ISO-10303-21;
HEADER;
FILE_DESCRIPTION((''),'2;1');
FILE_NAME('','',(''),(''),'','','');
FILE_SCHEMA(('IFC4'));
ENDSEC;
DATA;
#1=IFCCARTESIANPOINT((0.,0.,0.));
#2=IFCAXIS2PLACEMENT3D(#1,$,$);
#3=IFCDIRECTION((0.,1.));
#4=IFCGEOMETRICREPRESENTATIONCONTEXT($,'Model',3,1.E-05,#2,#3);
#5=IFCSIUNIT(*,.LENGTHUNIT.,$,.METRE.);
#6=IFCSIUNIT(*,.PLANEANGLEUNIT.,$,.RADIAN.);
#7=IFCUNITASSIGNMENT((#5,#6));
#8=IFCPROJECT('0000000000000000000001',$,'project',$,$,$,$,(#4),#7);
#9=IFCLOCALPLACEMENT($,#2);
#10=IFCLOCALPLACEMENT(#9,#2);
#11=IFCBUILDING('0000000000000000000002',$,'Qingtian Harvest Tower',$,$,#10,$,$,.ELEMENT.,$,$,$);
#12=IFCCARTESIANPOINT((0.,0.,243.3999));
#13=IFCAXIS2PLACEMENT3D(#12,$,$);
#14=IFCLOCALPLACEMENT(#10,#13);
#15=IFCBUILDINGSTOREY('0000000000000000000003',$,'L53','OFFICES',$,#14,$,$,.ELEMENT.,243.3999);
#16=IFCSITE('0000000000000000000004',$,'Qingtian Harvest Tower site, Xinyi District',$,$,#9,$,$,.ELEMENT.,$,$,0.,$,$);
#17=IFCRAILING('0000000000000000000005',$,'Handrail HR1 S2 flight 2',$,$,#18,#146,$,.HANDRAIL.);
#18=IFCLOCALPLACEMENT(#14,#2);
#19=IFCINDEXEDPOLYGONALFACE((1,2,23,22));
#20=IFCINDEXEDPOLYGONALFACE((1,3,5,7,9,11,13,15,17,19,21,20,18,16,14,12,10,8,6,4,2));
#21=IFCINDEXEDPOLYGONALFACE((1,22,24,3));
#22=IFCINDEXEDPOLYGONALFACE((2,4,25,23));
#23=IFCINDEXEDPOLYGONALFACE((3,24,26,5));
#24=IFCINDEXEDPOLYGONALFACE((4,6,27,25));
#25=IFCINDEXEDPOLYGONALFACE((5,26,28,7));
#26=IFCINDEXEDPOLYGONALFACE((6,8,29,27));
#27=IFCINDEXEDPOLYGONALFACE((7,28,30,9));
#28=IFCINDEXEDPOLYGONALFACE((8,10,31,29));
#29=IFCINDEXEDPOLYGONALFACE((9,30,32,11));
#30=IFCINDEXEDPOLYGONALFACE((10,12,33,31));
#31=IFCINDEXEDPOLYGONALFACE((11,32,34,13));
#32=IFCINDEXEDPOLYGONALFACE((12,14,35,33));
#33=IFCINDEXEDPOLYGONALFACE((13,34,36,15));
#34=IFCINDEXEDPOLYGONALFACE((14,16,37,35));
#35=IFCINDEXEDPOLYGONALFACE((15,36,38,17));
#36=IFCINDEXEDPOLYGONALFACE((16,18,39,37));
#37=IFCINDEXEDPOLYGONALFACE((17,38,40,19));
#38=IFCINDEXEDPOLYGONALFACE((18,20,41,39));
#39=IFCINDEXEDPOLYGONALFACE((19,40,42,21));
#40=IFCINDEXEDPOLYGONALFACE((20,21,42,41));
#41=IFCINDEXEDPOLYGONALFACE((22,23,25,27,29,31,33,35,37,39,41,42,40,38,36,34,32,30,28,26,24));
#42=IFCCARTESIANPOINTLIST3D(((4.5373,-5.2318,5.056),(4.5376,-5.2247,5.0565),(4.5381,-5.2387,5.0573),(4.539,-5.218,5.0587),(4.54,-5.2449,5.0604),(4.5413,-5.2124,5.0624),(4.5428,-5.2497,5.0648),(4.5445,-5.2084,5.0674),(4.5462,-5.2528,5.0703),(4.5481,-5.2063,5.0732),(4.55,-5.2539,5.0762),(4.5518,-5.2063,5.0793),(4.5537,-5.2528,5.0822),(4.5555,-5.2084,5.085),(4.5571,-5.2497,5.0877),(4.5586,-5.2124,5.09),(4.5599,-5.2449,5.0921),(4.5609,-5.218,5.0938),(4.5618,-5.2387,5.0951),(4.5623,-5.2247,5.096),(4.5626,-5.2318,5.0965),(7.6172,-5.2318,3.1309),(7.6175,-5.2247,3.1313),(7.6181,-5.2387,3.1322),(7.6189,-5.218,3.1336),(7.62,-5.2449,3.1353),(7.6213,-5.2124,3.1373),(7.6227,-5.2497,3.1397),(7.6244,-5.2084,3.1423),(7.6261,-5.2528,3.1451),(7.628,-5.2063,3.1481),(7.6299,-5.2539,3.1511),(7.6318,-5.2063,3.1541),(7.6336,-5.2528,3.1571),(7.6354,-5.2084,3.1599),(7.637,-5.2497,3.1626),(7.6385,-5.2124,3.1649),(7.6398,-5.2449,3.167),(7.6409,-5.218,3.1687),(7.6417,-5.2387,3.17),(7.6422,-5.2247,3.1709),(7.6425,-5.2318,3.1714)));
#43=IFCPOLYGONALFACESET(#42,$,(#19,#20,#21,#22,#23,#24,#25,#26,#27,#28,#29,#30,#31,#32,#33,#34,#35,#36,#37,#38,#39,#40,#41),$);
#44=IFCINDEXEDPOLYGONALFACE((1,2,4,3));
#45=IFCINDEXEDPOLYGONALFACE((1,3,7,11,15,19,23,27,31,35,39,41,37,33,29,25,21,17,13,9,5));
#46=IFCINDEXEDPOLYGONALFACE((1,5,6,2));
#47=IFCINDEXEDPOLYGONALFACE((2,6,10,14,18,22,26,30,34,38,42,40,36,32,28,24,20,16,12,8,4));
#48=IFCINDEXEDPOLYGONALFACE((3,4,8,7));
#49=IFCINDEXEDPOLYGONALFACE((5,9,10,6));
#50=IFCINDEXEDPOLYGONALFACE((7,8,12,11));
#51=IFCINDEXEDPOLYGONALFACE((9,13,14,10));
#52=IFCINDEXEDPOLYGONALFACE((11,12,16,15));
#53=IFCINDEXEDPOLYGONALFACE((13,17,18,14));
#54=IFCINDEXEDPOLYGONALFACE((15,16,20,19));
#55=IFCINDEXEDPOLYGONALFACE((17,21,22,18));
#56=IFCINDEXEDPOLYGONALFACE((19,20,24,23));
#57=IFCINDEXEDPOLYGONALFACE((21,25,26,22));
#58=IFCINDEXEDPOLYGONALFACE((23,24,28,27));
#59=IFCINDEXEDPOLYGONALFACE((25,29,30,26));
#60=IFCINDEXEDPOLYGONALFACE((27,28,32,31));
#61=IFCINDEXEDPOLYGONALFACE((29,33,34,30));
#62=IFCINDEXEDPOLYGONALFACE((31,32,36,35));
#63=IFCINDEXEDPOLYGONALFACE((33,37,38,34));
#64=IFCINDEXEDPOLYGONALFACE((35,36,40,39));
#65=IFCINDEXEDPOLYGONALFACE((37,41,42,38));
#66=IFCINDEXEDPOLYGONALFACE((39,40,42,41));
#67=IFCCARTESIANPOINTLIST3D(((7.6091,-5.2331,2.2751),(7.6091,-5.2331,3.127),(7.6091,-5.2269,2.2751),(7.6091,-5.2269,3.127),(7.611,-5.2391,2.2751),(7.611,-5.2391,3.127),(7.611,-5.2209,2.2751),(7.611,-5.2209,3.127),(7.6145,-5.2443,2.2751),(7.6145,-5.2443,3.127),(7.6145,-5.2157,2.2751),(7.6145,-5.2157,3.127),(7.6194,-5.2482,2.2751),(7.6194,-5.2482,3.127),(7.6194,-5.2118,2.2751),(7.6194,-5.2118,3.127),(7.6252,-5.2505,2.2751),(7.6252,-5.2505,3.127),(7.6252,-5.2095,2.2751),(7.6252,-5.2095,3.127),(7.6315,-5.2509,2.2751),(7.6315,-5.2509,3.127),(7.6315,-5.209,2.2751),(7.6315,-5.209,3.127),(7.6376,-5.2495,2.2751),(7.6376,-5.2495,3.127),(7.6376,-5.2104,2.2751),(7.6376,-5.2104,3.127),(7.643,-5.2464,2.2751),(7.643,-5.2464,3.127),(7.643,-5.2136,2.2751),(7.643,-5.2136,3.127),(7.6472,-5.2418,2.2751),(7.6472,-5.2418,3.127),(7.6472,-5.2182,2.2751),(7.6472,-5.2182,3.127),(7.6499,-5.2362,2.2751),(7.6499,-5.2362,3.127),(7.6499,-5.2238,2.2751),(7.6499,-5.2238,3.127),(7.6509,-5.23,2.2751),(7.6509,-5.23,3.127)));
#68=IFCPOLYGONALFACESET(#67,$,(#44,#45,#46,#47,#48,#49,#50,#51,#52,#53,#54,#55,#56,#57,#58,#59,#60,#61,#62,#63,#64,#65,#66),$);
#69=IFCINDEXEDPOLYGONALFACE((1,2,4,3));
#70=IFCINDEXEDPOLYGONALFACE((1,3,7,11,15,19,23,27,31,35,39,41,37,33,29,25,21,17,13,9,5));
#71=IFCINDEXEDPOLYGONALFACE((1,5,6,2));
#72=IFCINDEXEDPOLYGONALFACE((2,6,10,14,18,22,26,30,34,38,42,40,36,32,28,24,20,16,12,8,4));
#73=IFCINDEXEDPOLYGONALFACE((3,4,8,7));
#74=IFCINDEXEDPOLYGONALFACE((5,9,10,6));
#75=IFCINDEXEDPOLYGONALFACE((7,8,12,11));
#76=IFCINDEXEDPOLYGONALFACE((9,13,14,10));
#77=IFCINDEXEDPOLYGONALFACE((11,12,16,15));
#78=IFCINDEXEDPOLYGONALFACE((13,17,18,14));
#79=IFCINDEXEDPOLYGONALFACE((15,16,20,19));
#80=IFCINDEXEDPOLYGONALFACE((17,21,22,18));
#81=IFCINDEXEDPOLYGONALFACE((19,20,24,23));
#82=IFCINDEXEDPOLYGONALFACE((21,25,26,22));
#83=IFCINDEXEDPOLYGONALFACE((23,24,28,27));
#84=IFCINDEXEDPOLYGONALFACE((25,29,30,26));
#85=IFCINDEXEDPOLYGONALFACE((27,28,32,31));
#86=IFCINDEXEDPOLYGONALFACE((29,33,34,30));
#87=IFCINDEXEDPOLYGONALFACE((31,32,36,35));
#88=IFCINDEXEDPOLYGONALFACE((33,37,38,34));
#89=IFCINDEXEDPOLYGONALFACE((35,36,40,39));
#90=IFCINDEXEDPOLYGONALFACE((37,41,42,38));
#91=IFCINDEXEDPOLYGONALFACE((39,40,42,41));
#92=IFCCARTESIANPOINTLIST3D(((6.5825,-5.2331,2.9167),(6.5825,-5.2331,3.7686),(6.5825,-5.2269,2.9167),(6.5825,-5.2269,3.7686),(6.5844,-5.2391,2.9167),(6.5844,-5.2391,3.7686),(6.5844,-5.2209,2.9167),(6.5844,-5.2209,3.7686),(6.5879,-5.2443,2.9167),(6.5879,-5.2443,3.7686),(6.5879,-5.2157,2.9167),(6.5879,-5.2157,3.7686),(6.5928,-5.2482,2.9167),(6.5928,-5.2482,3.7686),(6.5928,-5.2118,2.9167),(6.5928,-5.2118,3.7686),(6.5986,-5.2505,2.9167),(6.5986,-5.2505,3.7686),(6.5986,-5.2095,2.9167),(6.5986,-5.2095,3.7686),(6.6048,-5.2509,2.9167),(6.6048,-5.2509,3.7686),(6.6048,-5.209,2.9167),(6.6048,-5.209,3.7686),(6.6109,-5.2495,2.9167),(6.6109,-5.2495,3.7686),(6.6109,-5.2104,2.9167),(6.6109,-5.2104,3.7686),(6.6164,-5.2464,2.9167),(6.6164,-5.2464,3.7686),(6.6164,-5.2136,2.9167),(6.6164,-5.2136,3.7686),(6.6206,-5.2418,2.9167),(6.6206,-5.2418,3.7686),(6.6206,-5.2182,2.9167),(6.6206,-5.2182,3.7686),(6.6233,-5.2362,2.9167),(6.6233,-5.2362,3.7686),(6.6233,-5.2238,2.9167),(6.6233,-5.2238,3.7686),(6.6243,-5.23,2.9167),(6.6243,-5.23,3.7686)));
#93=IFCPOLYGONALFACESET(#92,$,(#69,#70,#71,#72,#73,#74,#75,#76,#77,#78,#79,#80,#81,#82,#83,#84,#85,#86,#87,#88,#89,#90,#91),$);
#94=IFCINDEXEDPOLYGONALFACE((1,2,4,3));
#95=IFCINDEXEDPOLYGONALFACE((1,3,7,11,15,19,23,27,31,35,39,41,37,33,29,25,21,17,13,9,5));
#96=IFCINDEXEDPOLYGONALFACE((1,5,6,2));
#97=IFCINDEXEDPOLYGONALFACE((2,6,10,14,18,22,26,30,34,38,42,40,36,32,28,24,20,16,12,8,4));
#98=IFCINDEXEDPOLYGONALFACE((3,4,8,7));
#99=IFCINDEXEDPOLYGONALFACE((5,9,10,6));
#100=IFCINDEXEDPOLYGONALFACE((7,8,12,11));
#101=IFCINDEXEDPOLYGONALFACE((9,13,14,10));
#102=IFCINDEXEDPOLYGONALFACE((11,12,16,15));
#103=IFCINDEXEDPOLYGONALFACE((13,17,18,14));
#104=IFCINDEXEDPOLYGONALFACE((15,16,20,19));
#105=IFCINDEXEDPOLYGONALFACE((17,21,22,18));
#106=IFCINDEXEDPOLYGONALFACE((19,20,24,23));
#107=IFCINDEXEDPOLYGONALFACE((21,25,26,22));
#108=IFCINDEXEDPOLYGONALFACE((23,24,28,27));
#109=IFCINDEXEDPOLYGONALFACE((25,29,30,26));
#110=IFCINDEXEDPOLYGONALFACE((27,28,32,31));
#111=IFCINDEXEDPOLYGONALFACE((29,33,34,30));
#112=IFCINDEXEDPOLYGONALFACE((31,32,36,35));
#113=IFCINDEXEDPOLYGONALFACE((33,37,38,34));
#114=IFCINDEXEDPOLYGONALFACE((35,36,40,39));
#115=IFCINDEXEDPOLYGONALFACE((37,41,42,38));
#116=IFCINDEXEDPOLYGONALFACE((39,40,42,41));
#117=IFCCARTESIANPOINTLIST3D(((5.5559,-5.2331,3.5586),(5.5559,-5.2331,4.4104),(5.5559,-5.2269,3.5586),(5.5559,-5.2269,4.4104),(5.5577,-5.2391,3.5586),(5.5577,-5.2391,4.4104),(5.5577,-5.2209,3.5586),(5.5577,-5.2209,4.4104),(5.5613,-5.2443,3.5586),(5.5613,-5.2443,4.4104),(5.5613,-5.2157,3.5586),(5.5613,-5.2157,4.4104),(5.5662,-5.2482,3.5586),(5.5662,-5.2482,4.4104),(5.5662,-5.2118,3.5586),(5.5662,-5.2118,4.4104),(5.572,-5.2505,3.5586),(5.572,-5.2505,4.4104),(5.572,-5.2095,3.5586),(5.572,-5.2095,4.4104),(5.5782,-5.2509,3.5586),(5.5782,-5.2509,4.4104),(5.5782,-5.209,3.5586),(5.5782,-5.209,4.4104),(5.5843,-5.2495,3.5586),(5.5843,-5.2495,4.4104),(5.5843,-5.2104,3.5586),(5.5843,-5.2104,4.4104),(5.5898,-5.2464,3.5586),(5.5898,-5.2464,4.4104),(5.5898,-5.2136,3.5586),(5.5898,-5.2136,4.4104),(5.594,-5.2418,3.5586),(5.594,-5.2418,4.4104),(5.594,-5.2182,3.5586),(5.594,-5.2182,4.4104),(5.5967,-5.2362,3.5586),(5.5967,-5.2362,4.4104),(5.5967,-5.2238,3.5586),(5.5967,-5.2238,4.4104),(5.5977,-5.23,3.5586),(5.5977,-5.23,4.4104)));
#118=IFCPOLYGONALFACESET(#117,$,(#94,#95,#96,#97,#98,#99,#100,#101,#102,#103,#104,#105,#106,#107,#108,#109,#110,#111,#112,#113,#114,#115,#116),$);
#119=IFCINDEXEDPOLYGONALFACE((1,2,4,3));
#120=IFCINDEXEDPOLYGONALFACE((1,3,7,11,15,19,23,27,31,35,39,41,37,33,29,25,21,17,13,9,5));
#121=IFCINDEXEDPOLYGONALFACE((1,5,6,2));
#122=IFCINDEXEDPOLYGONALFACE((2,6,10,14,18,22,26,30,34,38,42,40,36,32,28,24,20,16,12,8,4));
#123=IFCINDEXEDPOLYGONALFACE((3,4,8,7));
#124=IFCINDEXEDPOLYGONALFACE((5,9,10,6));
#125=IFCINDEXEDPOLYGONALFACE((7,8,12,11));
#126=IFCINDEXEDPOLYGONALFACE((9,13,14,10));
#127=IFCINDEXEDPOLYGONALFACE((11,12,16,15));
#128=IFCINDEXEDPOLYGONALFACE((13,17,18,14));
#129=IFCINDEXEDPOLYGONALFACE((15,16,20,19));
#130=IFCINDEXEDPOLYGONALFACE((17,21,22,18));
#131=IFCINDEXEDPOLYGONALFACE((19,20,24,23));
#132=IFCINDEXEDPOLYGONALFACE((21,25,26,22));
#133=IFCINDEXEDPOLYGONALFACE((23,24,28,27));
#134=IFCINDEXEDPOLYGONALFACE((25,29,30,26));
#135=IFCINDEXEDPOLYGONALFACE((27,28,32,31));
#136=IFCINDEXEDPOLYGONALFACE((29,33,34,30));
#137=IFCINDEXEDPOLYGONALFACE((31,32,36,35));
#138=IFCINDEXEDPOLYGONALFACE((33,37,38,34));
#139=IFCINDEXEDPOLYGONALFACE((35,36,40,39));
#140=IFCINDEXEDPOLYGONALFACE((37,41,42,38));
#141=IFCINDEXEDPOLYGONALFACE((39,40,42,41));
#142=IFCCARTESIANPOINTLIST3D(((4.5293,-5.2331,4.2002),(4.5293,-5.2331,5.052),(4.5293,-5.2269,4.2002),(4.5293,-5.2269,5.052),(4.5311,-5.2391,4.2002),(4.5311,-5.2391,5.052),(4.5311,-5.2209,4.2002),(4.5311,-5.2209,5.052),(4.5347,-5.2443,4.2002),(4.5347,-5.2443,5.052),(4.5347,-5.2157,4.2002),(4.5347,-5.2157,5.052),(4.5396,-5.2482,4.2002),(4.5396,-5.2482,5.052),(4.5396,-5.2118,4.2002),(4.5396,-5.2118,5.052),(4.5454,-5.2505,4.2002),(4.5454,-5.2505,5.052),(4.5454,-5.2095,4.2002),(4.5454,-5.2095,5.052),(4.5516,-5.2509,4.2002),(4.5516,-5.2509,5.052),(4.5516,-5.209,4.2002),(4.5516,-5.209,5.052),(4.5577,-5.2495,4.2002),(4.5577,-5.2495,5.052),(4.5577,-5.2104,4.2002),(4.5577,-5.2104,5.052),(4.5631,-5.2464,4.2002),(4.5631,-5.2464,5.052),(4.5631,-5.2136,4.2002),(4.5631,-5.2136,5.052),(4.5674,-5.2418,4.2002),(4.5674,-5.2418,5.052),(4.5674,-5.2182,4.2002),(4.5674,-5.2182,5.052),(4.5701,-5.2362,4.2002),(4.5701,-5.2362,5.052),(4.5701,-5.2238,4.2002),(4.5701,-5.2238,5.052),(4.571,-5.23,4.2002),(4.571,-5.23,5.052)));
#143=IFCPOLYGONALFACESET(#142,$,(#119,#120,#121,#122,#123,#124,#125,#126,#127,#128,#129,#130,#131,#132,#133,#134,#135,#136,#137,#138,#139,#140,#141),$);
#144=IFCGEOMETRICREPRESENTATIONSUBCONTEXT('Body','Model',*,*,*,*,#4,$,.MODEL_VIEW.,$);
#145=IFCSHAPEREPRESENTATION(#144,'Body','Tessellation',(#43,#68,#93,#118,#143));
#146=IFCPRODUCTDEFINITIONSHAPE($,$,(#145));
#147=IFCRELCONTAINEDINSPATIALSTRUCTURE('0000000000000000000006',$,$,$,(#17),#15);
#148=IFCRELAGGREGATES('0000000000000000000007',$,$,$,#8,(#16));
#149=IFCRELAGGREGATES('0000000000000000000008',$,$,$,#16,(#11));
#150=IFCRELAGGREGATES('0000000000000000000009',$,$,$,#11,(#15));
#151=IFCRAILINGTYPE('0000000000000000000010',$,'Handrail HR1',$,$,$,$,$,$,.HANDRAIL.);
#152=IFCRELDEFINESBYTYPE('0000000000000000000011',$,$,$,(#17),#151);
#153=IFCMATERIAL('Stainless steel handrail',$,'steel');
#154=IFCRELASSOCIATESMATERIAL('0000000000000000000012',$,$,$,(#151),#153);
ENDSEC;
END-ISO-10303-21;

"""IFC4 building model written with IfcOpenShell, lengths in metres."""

from ifc_helpers import new_model, si_unit, direction, frame, origin, origin_2d, place, context, subcontext, project, spatial, circle, extrude, material, type_object, element, save


model = new_model("IFC4")

# Units and contexts
model_context = context("Model", 3, precision=1e-05, world=origin(), true_north=direction((0.0, 1.0)))
body_context = subcontext(model_context, "Body", "Model", "MODEL_VIEW")
ifc_project = project(units=[si_unit("LENGTHUNIT", "METRE"), si_unit("PLANEANGLEUNIT", "RADIAN")], contexts=[model_context])

# Site, building, storey
site_placement = place(None, origin())
site = spatial("IfcSite", under=ifc_project, at=site_placement, Name="Qingtian Harvest Tower site, Xinyi District", CompositionType="ELEMENT", RefElevation=0.0)
building_placement = place(site_placement, origin())
building = spatial("IfcBuilding", under=site, at=building_placement, Name="Qingtian Harvest Tower", CompositionType="ELEMENT")
storey_placement = place(building_placement, frame((0.0, 0.0, 243.3999)))
storey = spatial("IfcBuildingStorey", under=building, at=storey_placement, Name="L53", Description="OFFICES", CompositionType="ELEMENT", Elevation=243.3999)

# Railing
ifc_material_1 = material(Name="Stainless steel handrail", Category="steel")
railing_type = type_object("IfcRailingType", Name="Handrail HR1", PredefinedType="HANDRAIL", material=ifc_material_1)
railing_1_placement = place(storey_placement, frame((7.6299, -5.23, 2.2751)))
element("IfcRailing", 1, at=railing_1_placement, inside=storey, type_object=railing_type, Name="Handrail HR1 S2 flight 2", PredefinedType="HANDRAIL", context=body_context, shape_type="SweptSolid", body=[
    extrude(circle(Radius=0.0239, at=origin_2d()), frame((0.0, 0.0, 0.876), z_axis=(-0.847979, 0.0, 0.530029), x_axis=(0.0, -1.0, 0.0)), (0.0, 0.0, 1.0), 3.6321),
    extrude(circle(Radius=0.021, at=origin_2d()), origin(), (0.0, 0.0, 1.0), 0.8518),
    extrude(circle(Radius=0.021, at=origin_2d()), frame((-1.0266, 0.0, 0.6416)), (0.0, 0.0, 1.0), 0.8518),
    extrude(circle(Radius=0.021, at=origin_2d()), frame((-2.0532, 0.0, 1.2834)), (0.0, 0.0, 1.0), 0.8518),
    extrude(circle(Radius=0.021, at=origin_2d()), frame((-3.0798, 0.0, 1.925)), (0.0, 0.0, 1.0), 0.8518),
])

save(model, "model.ifc")
